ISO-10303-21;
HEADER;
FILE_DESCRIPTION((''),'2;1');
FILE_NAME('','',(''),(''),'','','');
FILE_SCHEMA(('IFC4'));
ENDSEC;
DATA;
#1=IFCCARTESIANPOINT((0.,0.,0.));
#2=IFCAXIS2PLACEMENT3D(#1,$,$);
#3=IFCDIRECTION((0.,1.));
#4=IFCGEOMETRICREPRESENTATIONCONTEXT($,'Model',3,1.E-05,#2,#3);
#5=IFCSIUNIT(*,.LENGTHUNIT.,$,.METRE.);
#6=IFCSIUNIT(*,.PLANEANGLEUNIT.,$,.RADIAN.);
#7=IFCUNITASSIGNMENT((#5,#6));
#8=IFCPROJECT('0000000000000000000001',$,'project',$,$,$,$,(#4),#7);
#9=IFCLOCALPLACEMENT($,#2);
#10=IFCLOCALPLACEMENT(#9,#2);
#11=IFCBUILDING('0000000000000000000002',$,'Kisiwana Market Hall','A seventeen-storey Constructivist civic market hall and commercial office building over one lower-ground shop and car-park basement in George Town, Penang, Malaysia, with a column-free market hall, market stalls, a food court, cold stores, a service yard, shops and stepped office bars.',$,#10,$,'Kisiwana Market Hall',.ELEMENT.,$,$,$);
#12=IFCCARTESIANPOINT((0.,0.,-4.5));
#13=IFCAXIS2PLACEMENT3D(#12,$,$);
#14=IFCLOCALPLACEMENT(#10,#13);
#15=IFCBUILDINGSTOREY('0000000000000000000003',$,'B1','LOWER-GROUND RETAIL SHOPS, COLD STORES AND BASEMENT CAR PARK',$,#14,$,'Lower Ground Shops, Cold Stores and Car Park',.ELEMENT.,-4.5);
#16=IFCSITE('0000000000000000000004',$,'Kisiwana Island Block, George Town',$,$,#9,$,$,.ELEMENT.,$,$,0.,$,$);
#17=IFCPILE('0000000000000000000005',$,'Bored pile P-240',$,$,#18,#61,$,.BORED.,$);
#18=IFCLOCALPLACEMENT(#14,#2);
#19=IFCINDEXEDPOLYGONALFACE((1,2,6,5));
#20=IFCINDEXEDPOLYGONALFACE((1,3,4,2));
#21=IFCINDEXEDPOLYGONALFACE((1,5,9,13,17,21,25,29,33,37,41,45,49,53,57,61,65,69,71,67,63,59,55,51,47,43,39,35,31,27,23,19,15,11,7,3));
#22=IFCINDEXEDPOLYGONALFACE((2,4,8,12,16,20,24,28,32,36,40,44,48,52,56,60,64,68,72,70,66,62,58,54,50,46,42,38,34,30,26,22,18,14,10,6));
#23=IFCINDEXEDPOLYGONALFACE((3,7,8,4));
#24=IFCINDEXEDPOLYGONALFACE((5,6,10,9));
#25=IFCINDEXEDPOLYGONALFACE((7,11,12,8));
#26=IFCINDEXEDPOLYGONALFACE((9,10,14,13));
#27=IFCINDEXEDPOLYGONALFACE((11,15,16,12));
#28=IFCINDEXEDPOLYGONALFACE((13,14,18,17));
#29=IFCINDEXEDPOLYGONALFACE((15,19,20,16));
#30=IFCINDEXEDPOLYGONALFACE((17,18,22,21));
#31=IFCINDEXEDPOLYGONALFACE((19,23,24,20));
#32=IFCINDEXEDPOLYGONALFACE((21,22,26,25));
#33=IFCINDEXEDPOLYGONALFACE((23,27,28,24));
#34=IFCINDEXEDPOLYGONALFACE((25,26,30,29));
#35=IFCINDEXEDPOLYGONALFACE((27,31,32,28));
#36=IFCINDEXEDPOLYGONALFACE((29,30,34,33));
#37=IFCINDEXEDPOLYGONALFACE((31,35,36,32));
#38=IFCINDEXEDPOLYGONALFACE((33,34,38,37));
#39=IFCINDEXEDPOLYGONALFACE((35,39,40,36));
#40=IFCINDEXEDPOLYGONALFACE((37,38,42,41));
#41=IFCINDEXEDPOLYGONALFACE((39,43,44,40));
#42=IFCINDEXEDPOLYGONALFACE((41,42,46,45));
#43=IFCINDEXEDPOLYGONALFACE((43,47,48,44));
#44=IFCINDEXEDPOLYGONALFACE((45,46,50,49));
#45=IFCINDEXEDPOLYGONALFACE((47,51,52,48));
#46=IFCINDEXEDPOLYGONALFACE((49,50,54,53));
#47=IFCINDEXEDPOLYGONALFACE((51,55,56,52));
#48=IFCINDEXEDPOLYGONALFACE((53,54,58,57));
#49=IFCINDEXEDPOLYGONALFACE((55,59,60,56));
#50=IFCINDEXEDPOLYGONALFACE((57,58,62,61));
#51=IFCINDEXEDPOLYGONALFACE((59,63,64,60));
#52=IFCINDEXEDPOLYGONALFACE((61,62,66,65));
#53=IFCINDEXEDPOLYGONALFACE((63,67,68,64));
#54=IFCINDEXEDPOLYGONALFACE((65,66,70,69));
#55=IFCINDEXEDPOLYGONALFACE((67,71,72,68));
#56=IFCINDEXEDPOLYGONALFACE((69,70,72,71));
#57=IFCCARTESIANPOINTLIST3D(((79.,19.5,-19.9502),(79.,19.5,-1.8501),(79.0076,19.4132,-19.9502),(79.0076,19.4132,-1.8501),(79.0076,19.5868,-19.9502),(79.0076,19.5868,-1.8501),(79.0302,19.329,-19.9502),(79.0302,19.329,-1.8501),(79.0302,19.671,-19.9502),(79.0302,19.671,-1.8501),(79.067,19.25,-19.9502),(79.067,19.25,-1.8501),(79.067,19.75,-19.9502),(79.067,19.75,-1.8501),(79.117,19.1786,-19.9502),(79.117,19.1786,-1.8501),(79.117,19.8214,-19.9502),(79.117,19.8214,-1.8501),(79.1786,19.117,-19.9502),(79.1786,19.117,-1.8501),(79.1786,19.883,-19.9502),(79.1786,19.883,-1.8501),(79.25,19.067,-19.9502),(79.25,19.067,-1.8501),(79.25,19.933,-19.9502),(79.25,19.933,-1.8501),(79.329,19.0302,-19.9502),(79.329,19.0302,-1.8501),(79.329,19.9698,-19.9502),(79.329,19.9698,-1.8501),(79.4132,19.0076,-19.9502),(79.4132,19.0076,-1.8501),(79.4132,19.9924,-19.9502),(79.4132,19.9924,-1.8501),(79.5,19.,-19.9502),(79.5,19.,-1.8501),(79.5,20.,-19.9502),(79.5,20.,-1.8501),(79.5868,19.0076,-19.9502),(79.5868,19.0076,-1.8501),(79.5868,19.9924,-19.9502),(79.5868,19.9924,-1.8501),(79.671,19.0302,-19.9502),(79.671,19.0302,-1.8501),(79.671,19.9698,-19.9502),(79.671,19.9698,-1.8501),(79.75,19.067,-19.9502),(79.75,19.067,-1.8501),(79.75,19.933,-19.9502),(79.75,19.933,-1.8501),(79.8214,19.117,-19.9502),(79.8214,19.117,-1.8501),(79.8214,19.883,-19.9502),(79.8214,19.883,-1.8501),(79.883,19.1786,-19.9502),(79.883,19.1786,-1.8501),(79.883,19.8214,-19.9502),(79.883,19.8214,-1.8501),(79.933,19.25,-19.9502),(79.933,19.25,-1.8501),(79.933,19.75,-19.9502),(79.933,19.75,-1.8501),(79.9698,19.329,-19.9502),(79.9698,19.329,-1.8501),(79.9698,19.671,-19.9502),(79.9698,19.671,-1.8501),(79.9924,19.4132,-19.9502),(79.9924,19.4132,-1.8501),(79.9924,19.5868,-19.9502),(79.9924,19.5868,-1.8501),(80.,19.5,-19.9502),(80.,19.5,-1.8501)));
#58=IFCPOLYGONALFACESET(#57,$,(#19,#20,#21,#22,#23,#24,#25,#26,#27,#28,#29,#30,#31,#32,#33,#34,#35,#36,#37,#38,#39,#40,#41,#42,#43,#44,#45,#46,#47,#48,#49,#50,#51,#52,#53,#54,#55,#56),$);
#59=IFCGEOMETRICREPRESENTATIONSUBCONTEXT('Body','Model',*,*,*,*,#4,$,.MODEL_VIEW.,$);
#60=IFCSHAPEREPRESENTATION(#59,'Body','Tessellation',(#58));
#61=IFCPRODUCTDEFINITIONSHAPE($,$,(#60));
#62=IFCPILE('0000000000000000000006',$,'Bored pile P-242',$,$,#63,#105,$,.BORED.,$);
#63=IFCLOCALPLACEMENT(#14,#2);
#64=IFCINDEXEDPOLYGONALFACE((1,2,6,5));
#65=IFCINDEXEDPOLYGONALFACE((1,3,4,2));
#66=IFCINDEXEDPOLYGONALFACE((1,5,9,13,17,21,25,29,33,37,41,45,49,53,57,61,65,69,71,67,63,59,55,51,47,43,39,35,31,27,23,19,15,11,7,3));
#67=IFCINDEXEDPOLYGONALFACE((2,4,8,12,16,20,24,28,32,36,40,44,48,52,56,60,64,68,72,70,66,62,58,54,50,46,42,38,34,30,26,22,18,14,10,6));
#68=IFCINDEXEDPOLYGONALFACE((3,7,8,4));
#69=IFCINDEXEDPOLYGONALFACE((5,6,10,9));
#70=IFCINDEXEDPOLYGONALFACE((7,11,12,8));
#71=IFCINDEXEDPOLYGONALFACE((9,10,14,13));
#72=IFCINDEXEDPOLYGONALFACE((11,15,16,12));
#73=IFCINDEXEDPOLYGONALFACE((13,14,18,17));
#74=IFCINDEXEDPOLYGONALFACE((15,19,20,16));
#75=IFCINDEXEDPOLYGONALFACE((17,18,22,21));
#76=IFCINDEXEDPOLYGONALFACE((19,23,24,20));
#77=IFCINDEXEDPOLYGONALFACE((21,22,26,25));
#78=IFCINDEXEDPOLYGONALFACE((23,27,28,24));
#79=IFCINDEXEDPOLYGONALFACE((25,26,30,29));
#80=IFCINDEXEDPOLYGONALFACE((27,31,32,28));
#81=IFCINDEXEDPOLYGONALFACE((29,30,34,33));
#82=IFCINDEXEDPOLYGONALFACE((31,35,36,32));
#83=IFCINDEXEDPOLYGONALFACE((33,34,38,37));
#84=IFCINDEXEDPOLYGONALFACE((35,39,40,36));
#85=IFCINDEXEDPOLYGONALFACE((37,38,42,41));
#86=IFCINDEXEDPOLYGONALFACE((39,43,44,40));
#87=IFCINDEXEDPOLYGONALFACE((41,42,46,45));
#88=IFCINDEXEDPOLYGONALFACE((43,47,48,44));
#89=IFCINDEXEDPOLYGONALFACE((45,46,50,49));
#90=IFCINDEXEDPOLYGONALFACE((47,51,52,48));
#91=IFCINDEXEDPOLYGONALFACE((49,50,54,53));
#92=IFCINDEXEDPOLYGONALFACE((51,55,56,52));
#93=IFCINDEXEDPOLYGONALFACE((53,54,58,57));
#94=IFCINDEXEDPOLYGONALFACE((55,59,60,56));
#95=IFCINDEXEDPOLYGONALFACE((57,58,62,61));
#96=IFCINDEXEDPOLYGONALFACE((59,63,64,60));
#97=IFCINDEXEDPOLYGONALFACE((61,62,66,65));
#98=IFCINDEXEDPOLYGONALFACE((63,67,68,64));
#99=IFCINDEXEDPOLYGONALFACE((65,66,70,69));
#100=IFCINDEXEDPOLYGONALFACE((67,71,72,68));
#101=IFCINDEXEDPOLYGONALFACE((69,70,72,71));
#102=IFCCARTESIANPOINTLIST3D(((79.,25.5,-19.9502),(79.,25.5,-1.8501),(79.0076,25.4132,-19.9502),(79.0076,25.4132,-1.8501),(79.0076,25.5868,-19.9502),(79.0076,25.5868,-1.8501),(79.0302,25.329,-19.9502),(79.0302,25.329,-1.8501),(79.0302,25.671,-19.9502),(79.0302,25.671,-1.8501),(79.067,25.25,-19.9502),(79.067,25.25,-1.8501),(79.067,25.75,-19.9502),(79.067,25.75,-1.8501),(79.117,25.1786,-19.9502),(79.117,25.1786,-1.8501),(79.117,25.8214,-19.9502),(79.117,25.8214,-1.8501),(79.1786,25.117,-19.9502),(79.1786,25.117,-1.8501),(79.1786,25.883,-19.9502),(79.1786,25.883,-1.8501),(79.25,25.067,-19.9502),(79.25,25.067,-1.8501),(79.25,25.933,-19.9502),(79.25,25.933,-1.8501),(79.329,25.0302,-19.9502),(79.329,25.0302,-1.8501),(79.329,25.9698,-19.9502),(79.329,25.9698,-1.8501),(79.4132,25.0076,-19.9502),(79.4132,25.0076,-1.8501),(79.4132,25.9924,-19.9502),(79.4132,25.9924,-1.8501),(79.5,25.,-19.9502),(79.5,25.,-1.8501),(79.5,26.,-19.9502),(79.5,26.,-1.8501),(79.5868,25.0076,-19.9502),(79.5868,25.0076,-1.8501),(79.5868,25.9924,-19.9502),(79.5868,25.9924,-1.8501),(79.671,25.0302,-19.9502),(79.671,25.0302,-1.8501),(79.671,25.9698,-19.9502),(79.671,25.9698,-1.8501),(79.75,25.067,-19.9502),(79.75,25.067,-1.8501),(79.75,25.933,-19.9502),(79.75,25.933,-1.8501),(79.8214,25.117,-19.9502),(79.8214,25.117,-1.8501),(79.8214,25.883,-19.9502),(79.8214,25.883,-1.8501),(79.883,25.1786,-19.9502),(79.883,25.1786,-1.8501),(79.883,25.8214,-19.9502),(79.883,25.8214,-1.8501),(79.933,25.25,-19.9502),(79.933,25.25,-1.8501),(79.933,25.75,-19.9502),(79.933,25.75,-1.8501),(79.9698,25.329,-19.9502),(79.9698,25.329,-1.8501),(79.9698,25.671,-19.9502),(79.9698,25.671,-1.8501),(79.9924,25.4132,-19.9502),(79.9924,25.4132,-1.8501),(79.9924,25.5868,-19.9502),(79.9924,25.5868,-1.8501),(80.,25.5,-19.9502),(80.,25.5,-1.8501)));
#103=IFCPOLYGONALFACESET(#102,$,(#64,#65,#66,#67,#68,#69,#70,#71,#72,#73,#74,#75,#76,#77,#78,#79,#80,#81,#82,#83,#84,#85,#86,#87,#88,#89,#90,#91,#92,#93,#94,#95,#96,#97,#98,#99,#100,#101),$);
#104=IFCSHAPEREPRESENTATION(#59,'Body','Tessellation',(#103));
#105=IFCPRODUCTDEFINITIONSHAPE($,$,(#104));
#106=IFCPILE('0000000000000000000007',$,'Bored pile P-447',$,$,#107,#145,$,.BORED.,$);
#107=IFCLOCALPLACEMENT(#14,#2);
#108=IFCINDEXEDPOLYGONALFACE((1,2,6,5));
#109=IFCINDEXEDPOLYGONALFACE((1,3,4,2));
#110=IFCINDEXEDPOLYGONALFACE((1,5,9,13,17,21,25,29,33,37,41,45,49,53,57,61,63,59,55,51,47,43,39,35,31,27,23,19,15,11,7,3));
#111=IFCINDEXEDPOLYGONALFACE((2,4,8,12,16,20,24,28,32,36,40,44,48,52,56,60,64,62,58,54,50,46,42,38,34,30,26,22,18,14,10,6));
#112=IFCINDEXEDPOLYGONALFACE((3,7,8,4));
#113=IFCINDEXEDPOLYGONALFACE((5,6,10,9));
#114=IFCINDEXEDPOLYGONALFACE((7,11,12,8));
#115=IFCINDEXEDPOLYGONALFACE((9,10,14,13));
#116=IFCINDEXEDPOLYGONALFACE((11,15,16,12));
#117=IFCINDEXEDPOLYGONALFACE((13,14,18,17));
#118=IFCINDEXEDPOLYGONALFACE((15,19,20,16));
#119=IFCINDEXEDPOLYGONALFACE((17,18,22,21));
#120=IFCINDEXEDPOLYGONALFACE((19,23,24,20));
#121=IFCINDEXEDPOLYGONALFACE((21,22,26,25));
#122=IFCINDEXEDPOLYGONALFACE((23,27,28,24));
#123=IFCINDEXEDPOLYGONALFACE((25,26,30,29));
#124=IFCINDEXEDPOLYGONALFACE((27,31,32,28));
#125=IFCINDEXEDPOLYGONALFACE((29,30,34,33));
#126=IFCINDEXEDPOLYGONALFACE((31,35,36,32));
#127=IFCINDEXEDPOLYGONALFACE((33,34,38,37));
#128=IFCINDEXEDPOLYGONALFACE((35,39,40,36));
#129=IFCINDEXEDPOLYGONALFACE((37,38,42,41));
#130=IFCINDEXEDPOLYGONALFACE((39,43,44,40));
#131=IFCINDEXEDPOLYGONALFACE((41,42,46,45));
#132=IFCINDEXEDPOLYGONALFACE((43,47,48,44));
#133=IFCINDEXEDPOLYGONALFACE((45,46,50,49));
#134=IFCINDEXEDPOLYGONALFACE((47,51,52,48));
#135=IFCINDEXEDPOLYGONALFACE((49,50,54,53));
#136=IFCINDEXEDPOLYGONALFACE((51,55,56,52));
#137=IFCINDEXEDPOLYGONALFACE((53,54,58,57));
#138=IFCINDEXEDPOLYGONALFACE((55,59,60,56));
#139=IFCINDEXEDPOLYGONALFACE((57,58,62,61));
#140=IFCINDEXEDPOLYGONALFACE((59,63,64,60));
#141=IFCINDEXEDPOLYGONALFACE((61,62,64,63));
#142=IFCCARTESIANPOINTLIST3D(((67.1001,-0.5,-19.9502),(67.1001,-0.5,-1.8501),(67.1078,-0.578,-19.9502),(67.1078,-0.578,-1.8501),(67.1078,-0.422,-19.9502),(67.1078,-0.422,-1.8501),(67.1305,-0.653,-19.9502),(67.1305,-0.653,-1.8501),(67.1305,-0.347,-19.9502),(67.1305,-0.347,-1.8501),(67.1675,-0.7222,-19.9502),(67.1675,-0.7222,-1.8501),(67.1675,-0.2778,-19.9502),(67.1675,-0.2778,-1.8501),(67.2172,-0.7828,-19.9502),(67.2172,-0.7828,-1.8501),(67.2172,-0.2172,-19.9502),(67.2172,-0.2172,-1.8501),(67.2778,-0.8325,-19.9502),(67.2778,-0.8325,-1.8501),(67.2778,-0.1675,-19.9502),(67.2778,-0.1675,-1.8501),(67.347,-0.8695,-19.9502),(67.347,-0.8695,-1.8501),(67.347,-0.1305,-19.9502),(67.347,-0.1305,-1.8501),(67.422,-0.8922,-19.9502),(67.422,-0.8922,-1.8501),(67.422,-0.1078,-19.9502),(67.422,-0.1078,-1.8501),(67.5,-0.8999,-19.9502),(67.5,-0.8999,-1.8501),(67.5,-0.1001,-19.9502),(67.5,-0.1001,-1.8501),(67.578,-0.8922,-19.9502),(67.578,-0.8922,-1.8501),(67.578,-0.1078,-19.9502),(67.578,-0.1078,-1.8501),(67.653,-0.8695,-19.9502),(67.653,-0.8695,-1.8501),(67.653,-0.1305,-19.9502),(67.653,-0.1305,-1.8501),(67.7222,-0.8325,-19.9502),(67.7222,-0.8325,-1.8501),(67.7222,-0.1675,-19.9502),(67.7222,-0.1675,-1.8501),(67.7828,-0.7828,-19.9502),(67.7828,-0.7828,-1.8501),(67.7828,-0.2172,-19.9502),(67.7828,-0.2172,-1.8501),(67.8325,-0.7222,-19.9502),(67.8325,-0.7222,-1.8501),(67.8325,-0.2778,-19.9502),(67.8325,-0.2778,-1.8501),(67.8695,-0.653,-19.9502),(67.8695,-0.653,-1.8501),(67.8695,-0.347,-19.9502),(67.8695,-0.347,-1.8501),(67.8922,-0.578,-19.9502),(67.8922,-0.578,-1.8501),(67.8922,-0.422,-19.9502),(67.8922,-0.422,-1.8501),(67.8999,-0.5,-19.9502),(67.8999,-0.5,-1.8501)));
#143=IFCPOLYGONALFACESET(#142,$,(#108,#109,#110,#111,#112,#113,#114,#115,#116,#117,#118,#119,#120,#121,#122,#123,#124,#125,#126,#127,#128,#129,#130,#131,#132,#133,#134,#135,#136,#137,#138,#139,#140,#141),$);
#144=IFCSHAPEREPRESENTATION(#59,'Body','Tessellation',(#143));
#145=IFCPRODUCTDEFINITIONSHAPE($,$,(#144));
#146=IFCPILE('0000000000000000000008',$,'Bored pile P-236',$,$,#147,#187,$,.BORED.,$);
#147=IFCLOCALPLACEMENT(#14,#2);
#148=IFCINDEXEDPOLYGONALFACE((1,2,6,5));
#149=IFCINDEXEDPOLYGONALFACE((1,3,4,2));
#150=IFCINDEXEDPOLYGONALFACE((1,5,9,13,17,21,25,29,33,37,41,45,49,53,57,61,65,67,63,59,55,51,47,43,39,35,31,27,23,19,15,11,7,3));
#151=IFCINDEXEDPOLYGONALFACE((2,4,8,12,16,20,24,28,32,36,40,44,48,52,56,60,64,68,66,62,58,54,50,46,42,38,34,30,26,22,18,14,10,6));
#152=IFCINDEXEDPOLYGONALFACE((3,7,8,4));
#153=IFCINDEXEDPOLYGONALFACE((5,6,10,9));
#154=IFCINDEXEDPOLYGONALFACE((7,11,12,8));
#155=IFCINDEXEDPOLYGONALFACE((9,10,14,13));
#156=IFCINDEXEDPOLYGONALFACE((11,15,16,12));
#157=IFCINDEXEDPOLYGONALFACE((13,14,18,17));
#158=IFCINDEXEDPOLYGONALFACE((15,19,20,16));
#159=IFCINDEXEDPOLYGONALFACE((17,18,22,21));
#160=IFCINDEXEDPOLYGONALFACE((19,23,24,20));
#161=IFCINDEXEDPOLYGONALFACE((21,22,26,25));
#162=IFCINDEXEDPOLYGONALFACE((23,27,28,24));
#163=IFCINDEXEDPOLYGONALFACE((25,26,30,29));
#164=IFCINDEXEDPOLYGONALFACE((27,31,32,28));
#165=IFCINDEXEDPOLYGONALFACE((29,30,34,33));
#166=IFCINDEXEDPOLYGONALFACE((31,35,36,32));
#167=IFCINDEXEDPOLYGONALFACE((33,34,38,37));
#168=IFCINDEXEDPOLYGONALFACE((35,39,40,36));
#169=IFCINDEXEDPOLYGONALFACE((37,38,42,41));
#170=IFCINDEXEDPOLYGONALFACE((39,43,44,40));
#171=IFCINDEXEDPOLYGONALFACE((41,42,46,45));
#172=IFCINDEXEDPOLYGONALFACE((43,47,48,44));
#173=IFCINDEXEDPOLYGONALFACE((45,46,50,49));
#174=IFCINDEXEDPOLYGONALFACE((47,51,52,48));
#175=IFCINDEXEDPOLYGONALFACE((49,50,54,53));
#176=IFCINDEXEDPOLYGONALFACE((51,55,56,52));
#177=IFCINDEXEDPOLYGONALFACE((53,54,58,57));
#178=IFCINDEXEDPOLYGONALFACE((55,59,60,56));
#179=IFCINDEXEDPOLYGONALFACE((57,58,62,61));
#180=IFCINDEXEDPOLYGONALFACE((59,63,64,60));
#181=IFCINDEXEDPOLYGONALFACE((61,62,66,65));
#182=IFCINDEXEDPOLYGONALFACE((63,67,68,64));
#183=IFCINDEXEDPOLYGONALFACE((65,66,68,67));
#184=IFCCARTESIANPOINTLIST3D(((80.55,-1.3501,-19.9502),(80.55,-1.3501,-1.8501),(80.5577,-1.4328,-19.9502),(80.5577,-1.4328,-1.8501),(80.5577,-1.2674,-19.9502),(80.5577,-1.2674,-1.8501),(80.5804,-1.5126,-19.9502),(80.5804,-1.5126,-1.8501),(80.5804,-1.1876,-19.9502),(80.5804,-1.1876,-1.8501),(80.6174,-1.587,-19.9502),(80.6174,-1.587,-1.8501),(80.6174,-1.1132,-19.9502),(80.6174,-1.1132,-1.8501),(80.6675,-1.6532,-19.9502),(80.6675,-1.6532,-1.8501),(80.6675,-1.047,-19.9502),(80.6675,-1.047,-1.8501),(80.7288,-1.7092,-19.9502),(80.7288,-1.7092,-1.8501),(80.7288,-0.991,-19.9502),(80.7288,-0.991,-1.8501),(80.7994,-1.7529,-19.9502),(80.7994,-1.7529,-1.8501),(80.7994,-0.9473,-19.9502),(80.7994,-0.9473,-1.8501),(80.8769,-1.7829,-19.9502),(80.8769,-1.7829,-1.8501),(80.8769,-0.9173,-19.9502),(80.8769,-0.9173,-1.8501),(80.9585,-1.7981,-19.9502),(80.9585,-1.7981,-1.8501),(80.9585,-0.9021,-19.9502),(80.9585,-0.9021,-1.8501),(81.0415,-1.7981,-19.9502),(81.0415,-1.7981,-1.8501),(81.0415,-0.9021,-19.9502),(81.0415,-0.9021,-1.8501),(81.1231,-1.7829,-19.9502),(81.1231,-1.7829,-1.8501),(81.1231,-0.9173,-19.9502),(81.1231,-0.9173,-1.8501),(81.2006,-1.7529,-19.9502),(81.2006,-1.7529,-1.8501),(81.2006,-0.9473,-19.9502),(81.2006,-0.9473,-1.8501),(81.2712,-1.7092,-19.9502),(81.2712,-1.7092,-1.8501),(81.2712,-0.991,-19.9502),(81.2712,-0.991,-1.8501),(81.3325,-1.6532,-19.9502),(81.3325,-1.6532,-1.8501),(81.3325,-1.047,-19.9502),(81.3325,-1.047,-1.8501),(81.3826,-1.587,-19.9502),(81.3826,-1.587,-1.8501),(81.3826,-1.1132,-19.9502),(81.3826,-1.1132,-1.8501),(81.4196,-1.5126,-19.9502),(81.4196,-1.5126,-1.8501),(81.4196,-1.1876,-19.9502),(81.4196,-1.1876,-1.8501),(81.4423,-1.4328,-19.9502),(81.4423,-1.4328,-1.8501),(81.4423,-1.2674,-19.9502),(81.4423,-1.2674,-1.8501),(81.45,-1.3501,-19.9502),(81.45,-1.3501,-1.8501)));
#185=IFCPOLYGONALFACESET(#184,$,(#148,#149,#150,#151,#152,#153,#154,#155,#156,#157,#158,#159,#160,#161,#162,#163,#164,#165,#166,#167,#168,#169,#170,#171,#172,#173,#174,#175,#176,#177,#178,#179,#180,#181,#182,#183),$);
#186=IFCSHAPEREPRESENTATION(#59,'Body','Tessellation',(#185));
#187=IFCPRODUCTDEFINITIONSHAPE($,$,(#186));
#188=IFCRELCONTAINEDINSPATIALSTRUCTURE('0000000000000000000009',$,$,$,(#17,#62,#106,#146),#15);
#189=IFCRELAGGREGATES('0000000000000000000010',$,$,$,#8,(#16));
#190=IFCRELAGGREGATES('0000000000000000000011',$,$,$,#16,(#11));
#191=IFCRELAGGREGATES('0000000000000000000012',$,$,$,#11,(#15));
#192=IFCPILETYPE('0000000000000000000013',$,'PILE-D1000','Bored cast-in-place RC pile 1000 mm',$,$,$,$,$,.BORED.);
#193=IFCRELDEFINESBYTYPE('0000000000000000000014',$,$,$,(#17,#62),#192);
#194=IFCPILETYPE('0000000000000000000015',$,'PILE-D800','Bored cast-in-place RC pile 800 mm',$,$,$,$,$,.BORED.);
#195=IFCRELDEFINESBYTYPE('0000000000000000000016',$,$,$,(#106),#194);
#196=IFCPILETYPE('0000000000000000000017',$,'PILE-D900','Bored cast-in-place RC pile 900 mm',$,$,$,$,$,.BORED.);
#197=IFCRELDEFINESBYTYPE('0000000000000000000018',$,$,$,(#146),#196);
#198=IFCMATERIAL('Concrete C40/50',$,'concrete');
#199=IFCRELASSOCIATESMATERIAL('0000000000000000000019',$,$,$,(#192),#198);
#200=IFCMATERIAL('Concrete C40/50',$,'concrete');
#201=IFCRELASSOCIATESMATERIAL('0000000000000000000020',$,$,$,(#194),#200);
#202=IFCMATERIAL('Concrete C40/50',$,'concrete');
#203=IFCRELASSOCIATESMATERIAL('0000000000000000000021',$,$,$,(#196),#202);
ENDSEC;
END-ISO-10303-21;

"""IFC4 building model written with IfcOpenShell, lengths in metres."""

from ifc_helpers import new_model, si_unit, direction, frame, origin, origin_2d, place, context, subcontext, project, spatial, circle, extrude, material, material_profile, profile_set, type_object, element, save


model = new_model("IFC4")

# Units and contexts
model_context = context("Model", 3, precision=1e-05, world=origin(), true_north=direction((0.0, 1.0)))
body_context = subcontext(model_context, "Body", "Model", "MODEL_VIEW")
ifc_project = project(units=[si_unit("LENGTHUNIT", "METRE"), si_unit("PLANEANGLEUNIT", "RADIAN")], contexts=[model_context])

# Site, building, storey
site_placement = place(None, origin())
site = spatial("IfcSite", under=ifc_project, at=site_placement, Name="Kisiwana Island Block, George Town", CompositionType="ELEMENT", RefElevation=0.0)
building_placement = place(site_placement, origin())
building = spatial("IfcBuilding", under=site, at=building_placement, Name="Kisiwana Market Hall", Description="A seventeen-storey Constructivist civic market hall and commercial office building over one lower-ground shop and car-park basement in George Town, Penang, Malaysia, with a column-free market hall, market stalls, a food court, cold stores, a service yard, shops and stepped office bars.", LongName="Kisiwana Market Hall", CompositionType="ELEMENT")
storey_placement = place(building_placement, frame((0.0, 0.0, -4.5)))
storey = spatial("IfcBuildingStorey", under=building, at=storey_placement, Name="B1", Description="LOWER-GROUND RETAIL SHOPS, COLD STORES AND BASEMENT CAR PARK", LongName="Lower Ground Shops, Cold Stores and Car Park", CompositionType="ELEMENT", Elevation=-4.5)

# Piles
ifc_material_1 = material(Name="Concrete C40/50", Category="concrete")
ifc_material_profile_1 = material_profile(ifc_material_1, circle(Radius=0.5, at=origin_2d()), Name="BP D1000")
ifc_profile_set_1 = profile_set([ifc_material_profile_1], Name="Concrete C40/50")
pile_type_1 = type_object("IfcPileType", Name="PILE-D1000", Description="Bored cast-in-place RC pile 1000 mm", PredefinedType="BORED", material=ifc_profile_set_1)
for number, where, z_axis, x_axis, name in (
    (1, (79.5, 19.5, -1.8501), (0.0, 0.0, -1.0), (1.0, 0.0, 0.0), "Bored pile P-240"),
    (2, (79.5, 25.5, -1.8501), (0.0, 0.0, -1.0), (1.0, 0.0, 0.0), "Bored pile P-242"),
):
    element("IfcPile", number, at=place(storey_placement, frame(where, z_axis=z_axis, x_axis=x_axis)), inside=storey, type_object=pile_type_1, Name=name, PredefinedType="BORED", context=body_context, shape_type="SweptSolid", body=[
        extrude(circle(Radius=0.5, at=origin_2d()), origin(), (0.0, 0.0, 1.0), 18.1001),
    ])
ifc_material_2 = material(Name="Concrete C40/50", Category="concrete")
ifc_material_profile_2 = material_profile(ifc_material_2, circle(Radius=0.3999, at=origin_2d()), Name="BP D800")
ifc_profile_set_2 = profile_set([ifc_material_profile_2], Name="Concrete C40/50")
pile_type_2 = type_object("IfcPileType", Name="PILE-D800", Description="Bored cast-in-place RC pile 800 mm", PredefinedType="BORED", material=ifc_profile_set_2)
pile_placement = place(storey_placement, frame((67.5, -0.5, -1.8501), z_axis=(0.0, 0.0, -1.0), x_axis=(1.0, 0.0, 0.0)))
element("IfcPile", 3, at=pile_placement, inside=storey, type_object=pile_type_2, Name="Bored pile P-447", PredefinedType="BORED", context=body_context, shape_type="SweptSolid", body=[
    extrude(circle(Radius=0.3999, at=origin_2d()), origin(), (0.0, 0.0, 1.0), 18.1001),
])
ifc_material_3 = material(Name="Concrete C40/50", Category="concrete")
ifc_material_profile_3 = material_profile(ifc_material_3, circle(Radius=0.45, at=origin_2d()), Name="BP D900")
ifc_profile_set_3 = profile_set([ifc_material_profile_3], Name="Concrete C40/50")
pile_type_3 = type_object("IfcPileType", Name="PILE-D900", Description="Bored cast-in-place RC pile 900 mm", PredefinedType="BORED", material=ifc_profile_set_3)
for number, where, z_axis, x_axis, name in (
    (4, (81.0, -1.3501, -1.8501), (0.0, 0.0, -1.0), (1.0, 0.0, 0.0), "Bored pile P-236"),
):
    element("IfcPile", number, at=place(storey_placement, frame(where, z_axis=z_axis, x_axis=x_axis)), inside=storey, type_object=pile_type_3, Name=name, PredefinedType="BORED", context=body_context, shape_type="SweptSolid", body=[
        extrude(circle(Radius=0.45, at=origin_2d()), origin(), (0.0, 0.0, 1.0), 18.1001),
    ])

save(model, "model.ifc")
